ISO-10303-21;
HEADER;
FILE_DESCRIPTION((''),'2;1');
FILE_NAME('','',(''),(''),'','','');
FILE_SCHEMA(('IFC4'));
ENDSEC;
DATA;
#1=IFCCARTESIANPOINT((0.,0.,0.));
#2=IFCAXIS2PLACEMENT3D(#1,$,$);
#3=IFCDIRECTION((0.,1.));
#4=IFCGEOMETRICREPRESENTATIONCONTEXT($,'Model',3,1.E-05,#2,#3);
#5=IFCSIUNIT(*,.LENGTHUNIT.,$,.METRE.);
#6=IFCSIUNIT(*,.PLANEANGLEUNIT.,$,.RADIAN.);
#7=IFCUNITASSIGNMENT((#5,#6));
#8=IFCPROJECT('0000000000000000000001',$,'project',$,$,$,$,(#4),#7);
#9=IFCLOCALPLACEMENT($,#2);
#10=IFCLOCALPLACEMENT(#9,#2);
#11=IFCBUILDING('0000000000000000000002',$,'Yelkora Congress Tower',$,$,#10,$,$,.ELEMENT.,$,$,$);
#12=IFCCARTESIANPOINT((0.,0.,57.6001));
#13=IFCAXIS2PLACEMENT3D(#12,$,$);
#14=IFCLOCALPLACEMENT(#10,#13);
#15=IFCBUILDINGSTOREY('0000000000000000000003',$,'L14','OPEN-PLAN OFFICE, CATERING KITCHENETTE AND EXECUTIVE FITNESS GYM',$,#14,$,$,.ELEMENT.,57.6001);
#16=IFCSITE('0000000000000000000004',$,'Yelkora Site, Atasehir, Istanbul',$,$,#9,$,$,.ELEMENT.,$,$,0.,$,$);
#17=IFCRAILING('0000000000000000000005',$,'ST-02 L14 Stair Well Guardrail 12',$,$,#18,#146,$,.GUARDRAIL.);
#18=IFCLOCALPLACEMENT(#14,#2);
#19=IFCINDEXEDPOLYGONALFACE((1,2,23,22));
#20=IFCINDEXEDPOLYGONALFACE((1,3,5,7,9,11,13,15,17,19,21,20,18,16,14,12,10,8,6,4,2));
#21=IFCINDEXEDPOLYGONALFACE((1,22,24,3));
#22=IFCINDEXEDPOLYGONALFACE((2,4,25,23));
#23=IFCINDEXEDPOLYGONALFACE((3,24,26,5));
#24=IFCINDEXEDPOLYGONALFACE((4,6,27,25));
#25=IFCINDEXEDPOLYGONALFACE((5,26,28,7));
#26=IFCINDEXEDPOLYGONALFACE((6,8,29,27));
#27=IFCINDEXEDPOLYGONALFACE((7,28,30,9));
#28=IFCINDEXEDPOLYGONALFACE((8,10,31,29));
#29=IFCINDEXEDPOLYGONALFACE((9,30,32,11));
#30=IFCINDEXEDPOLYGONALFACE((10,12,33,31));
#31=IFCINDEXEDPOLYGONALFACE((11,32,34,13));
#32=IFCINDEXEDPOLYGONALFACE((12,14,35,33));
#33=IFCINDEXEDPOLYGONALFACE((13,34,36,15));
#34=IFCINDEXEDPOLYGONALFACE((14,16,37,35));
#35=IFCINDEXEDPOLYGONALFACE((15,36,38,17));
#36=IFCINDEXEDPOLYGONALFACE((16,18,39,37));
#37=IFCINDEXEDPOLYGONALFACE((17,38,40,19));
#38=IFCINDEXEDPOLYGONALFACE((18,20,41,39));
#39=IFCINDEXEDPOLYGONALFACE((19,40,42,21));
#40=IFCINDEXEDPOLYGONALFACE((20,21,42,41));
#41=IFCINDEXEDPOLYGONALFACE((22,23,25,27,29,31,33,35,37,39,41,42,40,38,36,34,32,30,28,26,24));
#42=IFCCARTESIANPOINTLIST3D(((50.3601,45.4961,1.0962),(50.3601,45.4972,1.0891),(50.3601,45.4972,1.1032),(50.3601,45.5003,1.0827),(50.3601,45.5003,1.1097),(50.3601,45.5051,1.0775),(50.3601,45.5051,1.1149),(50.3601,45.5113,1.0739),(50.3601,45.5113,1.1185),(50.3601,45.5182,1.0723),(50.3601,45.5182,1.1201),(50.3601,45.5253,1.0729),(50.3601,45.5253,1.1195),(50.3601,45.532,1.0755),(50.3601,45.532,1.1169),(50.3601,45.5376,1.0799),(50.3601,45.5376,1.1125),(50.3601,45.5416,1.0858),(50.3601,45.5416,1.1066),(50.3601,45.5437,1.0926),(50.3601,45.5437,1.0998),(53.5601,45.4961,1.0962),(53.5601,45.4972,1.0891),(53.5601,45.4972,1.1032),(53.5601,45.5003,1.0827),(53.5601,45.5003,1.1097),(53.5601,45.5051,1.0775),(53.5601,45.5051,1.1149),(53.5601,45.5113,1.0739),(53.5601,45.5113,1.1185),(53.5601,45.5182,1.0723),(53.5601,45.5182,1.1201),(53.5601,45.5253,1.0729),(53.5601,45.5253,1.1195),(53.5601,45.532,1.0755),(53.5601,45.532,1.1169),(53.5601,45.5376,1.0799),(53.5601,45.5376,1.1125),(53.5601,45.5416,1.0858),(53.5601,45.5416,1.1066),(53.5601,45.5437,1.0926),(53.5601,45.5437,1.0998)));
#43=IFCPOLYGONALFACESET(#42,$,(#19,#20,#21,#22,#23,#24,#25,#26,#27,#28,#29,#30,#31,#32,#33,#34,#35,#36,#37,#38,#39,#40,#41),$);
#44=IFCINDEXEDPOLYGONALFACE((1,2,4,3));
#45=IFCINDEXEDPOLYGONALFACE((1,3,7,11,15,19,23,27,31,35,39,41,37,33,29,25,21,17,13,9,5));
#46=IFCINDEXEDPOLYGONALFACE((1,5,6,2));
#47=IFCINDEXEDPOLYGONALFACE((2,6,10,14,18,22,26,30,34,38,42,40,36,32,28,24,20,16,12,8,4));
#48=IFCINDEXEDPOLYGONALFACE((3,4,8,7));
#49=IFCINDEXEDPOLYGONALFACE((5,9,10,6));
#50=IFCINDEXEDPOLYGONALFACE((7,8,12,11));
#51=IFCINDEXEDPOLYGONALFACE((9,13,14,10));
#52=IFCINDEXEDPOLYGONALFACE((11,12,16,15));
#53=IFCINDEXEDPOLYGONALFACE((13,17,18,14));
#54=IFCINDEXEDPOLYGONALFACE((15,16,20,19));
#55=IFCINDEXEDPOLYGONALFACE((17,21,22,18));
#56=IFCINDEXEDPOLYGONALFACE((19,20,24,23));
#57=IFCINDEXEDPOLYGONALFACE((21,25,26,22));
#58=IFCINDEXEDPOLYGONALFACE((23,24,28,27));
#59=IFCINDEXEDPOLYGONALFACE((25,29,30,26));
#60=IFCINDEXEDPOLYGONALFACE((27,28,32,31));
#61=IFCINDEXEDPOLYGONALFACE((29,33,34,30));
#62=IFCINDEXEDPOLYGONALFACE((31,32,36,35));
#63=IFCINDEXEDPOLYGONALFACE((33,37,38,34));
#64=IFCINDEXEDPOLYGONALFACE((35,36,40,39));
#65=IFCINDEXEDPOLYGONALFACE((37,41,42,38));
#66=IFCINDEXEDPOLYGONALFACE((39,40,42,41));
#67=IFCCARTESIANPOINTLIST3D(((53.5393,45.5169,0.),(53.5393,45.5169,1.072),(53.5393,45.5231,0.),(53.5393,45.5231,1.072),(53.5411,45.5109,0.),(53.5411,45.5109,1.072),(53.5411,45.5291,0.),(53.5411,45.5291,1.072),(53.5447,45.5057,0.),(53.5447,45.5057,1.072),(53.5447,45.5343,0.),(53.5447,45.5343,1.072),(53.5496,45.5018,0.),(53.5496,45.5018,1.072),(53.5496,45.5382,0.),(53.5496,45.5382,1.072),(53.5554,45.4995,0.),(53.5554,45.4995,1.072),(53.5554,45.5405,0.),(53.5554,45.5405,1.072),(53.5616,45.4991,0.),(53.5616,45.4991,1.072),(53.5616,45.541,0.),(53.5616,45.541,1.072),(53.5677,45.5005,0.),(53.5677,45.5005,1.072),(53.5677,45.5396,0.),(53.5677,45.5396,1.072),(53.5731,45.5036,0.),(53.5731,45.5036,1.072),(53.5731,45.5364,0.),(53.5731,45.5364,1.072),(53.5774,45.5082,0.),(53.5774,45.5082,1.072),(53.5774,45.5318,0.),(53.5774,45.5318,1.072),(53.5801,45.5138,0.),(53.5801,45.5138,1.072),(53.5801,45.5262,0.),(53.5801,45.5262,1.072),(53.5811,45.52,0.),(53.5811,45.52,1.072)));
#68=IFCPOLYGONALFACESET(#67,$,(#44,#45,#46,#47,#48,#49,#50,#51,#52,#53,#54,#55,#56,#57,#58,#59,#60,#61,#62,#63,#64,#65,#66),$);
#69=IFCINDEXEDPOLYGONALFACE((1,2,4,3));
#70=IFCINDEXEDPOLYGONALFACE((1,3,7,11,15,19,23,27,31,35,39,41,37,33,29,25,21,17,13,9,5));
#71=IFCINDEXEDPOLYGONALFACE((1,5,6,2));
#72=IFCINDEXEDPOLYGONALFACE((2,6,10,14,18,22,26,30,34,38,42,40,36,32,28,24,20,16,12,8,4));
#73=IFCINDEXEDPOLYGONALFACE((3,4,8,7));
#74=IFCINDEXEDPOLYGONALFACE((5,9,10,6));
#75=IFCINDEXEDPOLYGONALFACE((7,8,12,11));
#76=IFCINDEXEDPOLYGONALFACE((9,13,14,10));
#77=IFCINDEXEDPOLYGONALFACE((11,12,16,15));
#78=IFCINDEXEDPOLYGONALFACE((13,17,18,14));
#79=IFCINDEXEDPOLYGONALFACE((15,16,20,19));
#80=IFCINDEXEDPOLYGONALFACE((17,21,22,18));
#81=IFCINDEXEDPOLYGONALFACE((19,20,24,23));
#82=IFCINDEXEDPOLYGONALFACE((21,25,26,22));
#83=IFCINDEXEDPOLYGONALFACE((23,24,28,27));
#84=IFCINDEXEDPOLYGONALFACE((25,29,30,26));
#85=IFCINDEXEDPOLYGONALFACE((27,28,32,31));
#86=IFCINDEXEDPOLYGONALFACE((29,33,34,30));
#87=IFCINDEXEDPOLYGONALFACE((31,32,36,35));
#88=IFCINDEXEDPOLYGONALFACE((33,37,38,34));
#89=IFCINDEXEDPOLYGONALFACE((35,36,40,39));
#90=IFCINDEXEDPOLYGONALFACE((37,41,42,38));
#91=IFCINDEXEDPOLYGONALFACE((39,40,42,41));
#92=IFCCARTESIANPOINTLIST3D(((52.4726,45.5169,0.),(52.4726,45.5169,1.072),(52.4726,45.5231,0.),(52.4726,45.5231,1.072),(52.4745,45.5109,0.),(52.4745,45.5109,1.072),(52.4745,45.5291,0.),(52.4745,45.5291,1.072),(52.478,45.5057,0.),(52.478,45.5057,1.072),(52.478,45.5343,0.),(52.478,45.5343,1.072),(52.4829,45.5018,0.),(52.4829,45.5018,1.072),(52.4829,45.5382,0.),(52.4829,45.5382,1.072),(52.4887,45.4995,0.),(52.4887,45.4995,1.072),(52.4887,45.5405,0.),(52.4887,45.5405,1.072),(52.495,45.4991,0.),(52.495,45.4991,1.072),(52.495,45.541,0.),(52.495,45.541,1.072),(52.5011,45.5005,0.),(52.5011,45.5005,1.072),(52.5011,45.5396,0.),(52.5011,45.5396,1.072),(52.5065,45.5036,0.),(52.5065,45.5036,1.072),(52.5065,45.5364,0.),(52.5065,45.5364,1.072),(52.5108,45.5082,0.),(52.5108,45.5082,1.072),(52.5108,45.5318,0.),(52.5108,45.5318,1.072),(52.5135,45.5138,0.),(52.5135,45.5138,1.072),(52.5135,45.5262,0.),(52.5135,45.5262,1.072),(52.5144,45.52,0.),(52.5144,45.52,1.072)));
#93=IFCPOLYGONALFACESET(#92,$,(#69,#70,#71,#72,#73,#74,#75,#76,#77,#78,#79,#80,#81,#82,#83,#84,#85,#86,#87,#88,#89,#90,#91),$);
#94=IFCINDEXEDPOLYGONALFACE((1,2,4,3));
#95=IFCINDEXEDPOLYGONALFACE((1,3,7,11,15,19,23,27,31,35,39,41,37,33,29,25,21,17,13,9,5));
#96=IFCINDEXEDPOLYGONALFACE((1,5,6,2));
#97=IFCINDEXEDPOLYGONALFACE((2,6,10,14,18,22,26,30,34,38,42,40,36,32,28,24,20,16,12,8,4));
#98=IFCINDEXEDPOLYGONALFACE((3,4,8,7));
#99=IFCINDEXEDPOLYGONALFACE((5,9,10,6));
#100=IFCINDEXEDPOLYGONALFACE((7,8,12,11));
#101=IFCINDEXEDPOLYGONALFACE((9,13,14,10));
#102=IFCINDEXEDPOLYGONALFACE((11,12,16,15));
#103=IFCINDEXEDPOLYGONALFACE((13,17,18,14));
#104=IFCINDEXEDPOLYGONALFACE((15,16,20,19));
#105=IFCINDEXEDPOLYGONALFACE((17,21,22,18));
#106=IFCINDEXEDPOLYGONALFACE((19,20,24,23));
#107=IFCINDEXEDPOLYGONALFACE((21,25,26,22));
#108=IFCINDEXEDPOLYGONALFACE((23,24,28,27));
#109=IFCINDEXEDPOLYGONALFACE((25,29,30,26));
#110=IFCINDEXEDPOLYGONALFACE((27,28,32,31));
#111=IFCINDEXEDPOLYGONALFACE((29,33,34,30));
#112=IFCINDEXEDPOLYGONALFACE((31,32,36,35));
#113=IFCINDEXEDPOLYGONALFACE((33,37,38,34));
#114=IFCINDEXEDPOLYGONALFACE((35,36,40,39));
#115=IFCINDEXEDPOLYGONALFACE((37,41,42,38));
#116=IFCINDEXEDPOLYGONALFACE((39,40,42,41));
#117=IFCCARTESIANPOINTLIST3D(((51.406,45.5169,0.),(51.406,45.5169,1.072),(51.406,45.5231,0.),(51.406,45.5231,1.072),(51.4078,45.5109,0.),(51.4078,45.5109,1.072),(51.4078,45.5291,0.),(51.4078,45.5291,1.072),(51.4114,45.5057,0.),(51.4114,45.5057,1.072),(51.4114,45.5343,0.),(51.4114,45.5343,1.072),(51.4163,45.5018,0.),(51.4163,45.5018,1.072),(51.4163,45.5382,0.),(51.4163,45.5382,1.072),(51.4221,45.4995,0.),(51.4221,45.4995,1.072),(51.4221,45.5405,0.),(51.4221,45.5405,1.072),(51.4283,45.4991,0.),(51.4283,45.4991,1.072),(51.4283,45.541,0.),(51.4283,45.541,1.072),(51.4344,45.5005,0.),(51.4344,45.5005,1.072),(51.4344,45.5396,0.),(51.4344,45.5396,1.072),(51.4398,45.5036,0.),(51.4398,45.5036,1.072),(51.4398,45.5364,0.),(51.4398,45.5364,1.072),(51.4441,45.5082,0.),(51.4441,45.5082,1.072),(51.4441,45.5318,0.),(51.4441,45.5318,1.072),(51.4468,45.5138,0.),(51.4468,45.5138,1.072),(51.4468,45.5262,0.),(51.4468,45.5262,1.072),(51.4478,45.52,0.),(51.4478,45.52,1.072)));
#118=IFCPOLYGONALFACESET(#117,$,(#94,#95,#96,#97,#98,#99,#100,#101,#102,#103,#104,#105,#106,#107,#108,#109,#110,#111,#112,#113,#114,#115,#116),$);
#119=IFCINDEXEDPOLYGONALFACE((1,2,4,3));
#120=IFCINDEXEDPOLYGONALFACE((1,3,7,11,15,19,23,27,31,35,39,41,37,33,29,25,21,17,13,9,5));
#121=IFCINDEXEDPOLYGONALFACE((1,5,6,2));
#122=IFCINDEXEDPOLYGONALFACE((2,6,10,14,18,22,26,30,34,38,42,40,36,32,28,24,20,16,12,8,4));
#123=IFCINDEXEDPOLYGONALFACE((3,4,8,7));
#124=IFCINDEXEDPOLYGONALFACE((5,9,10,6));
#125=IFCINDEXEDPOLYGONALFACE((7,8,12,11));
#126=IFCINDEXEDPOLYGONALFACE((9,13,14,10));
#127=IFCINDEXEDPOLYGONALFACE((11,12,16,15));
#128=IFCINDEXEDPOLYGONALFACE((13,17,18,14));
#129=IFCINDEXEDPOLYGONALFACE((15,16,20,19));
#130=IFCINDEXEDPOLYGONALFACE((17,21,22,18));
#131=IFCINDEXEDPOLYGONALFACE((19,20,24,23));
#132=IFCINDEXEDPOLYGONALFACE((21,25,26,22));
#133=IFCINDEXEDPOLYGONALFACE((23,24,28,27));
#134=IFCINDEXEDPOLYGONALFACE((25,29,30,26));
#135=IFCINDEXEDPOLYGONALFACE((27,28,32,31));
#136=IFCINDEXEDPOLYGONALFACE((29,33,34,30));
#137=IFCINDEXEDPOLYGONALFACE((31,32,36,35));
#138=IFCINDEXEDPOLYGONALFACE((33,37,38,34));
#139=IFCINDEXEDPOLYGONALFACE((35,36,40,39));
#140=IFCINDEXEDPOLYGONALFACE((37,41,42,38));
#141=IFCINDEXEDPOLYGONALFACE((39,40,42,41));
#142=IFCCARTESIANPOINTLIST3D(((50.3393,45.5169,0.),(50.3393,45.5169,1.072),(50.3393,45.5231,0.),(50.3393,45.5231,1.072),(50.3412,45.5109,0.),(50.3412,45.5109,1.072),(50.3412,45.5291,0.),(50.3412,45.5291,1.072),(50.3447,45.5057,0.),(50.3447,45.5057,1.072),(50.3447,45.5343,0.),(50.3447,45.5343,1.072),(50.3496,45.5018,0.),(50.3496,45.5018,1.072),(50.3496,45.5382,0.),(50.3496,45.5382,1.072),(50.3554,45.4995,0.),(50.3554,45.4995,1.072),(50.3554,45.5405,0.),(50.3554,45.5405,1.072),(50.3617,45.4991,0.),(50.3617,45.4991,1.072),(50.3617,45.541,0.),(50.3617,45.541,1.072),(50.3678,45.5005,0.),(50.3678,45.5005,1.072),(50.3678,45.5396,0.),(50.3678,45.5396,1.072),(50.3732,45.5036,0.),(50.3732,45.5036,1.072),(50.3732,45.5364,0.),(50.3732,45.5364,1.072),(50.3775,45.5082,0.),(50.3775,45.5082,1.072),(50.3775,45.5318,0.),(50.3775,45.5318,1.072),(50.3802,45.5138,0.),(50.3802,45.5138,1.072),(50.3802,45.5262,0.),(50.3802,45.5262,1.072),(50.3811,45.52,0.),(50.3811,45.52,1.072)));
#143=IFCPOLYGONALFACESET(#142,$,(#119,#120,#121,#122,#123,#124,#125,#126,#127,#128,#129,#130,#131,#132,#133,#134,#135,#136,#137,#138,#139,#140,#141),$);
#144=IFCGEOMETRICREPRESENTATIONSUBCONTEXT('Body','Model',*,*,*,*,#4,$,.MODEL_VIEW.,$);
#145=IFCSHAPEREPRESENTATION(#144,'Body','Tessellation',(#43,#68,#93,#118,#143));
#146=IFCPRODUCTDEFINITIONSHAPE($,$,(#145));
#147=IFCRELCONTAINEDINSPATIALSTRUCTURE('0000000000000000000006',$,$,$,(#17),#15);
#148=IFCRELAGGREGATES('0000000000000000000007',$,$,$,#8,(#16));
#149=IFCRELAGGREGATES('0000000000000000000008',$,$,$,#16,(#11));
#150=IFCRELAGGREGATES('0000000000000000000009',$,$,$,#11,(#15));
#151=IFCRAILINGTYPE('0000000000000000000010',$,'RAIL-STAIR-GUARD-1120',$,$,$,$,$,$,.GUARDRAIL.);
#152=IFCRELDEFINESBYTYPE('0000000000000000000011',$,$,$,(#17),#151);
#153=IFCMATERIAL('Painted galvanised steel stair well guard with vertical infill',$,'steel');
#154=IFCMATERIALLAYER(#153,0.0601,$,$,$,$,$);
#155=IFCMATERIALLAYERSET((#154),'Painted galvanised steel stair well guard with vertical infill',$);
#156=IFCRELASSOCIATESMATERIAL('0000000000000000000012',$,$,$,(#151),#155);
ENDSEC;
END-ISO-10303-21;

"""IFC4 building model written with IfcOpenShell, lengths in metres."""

from ifc_helpers import new_model, si_unit, direction, frame, origin, origin_2d, place, context, subcontext, project, spatial, circle, extrude, material, layer, layer_set, type_object, element, save


model = new_model("IFC4")

# Units and contexts
model_context = context("Model", 3, precision=1e-05, world=origin(), true_north=direction((0.0, 1.0)))
body_context = subcontext(model_context, "Body", "Model", "MODEL_VIEW")
ifc_project = project(units=[si_unit("LENGTHUNIT", "METRE"), si_unit("PLANEANGLEUNIT", "RADIAN")], contexts=[model_context])

# Site, building, storey
site_placement = place(None, origin())
site = spatial("IfcSite", under=ifc_project, at=site_placement, Name="Yelkora Site, Atasehir, Istanbul", CompositionType="ELEMENT", RefElevation=0.0)
building_placement = place(site_placement, origin())
building = spatial("IfcBuilding", under=site, at=building_placement, Name="Yelkora Congress Tower", CompositionType="ELEMENT")
storey_placement = place(building_placement, frame((0.0, 0.0, 57.6001)))
storey = spatial("IfcBuildingStorey", under=building, at=storey_placement, Name="L14", Description="OPEN-PLAN OFFICE, CATERING KITCHENETTE AND EXECUTIVE FITNESS GYM", CompositionType="ELEMENT", Elevation=57.6001)

# Railing
ifc_material_1 = material(Name="Painted galvanised steel stair well guard with vertical infill", Category="steel")
ifc_layer_1 = layer(ifc_material_1, 0.0601)
ifc_layer_set_1 = layer_set([ifc_layer_1], Name="Painted galvanised steel stair well guard with vertical infill")
railing_type_1 = type_object("IfcRailingType", Name="RAIL-STAIR-GUARD-1120", PredefinedType="GUARDRAIL", material=ifc_layer_set_1)
railing_1_placement = place(storey_placement, frame((53.5601, 45.52, 0.0)))
element("IfcRailing", 1, at=railing_1_placement, inside=storey, type_object=railing_type_1, Name="ST-02 L14 Stair Well Guardrail 12", PredefinedType="GUARDRAIL", context=body_context, shape_type="SweptSolid", body=[
    extrude(circle(Radius=0.0239, at=origin_2d()), frame((0.0, 0.0, 1.0962), z_axis=(-1.0, 0.0, 0.0), x_axis=(0.0, -1.0, 0.0)), (0.0, 0.0, 1.0), 3.2),
    extrude(circle(Radius=0.021, at=origin_2d()), origin(), (0.0, 0.0, 1.0), 1.072),
    extrude(circle(Radius=0.021, at=origin_2d()), frame((-1.0667, 0.0, 0.0)), (0.0, 0.0, 1.0), 1.072),
    extrude(circle(Radius=0.021, at=origin_2d()), frame((-2.1333, 0.0, 0.0)), (0.0, 0.0, 1.0), 1.072),
    extrude(circle(Radius=0.021, at=origin_2d()), frame((-3.2, 0.0, 0.0)), (0.0, 0.0, 1.0), 1.072),
])

save(model, "model.ifc")
